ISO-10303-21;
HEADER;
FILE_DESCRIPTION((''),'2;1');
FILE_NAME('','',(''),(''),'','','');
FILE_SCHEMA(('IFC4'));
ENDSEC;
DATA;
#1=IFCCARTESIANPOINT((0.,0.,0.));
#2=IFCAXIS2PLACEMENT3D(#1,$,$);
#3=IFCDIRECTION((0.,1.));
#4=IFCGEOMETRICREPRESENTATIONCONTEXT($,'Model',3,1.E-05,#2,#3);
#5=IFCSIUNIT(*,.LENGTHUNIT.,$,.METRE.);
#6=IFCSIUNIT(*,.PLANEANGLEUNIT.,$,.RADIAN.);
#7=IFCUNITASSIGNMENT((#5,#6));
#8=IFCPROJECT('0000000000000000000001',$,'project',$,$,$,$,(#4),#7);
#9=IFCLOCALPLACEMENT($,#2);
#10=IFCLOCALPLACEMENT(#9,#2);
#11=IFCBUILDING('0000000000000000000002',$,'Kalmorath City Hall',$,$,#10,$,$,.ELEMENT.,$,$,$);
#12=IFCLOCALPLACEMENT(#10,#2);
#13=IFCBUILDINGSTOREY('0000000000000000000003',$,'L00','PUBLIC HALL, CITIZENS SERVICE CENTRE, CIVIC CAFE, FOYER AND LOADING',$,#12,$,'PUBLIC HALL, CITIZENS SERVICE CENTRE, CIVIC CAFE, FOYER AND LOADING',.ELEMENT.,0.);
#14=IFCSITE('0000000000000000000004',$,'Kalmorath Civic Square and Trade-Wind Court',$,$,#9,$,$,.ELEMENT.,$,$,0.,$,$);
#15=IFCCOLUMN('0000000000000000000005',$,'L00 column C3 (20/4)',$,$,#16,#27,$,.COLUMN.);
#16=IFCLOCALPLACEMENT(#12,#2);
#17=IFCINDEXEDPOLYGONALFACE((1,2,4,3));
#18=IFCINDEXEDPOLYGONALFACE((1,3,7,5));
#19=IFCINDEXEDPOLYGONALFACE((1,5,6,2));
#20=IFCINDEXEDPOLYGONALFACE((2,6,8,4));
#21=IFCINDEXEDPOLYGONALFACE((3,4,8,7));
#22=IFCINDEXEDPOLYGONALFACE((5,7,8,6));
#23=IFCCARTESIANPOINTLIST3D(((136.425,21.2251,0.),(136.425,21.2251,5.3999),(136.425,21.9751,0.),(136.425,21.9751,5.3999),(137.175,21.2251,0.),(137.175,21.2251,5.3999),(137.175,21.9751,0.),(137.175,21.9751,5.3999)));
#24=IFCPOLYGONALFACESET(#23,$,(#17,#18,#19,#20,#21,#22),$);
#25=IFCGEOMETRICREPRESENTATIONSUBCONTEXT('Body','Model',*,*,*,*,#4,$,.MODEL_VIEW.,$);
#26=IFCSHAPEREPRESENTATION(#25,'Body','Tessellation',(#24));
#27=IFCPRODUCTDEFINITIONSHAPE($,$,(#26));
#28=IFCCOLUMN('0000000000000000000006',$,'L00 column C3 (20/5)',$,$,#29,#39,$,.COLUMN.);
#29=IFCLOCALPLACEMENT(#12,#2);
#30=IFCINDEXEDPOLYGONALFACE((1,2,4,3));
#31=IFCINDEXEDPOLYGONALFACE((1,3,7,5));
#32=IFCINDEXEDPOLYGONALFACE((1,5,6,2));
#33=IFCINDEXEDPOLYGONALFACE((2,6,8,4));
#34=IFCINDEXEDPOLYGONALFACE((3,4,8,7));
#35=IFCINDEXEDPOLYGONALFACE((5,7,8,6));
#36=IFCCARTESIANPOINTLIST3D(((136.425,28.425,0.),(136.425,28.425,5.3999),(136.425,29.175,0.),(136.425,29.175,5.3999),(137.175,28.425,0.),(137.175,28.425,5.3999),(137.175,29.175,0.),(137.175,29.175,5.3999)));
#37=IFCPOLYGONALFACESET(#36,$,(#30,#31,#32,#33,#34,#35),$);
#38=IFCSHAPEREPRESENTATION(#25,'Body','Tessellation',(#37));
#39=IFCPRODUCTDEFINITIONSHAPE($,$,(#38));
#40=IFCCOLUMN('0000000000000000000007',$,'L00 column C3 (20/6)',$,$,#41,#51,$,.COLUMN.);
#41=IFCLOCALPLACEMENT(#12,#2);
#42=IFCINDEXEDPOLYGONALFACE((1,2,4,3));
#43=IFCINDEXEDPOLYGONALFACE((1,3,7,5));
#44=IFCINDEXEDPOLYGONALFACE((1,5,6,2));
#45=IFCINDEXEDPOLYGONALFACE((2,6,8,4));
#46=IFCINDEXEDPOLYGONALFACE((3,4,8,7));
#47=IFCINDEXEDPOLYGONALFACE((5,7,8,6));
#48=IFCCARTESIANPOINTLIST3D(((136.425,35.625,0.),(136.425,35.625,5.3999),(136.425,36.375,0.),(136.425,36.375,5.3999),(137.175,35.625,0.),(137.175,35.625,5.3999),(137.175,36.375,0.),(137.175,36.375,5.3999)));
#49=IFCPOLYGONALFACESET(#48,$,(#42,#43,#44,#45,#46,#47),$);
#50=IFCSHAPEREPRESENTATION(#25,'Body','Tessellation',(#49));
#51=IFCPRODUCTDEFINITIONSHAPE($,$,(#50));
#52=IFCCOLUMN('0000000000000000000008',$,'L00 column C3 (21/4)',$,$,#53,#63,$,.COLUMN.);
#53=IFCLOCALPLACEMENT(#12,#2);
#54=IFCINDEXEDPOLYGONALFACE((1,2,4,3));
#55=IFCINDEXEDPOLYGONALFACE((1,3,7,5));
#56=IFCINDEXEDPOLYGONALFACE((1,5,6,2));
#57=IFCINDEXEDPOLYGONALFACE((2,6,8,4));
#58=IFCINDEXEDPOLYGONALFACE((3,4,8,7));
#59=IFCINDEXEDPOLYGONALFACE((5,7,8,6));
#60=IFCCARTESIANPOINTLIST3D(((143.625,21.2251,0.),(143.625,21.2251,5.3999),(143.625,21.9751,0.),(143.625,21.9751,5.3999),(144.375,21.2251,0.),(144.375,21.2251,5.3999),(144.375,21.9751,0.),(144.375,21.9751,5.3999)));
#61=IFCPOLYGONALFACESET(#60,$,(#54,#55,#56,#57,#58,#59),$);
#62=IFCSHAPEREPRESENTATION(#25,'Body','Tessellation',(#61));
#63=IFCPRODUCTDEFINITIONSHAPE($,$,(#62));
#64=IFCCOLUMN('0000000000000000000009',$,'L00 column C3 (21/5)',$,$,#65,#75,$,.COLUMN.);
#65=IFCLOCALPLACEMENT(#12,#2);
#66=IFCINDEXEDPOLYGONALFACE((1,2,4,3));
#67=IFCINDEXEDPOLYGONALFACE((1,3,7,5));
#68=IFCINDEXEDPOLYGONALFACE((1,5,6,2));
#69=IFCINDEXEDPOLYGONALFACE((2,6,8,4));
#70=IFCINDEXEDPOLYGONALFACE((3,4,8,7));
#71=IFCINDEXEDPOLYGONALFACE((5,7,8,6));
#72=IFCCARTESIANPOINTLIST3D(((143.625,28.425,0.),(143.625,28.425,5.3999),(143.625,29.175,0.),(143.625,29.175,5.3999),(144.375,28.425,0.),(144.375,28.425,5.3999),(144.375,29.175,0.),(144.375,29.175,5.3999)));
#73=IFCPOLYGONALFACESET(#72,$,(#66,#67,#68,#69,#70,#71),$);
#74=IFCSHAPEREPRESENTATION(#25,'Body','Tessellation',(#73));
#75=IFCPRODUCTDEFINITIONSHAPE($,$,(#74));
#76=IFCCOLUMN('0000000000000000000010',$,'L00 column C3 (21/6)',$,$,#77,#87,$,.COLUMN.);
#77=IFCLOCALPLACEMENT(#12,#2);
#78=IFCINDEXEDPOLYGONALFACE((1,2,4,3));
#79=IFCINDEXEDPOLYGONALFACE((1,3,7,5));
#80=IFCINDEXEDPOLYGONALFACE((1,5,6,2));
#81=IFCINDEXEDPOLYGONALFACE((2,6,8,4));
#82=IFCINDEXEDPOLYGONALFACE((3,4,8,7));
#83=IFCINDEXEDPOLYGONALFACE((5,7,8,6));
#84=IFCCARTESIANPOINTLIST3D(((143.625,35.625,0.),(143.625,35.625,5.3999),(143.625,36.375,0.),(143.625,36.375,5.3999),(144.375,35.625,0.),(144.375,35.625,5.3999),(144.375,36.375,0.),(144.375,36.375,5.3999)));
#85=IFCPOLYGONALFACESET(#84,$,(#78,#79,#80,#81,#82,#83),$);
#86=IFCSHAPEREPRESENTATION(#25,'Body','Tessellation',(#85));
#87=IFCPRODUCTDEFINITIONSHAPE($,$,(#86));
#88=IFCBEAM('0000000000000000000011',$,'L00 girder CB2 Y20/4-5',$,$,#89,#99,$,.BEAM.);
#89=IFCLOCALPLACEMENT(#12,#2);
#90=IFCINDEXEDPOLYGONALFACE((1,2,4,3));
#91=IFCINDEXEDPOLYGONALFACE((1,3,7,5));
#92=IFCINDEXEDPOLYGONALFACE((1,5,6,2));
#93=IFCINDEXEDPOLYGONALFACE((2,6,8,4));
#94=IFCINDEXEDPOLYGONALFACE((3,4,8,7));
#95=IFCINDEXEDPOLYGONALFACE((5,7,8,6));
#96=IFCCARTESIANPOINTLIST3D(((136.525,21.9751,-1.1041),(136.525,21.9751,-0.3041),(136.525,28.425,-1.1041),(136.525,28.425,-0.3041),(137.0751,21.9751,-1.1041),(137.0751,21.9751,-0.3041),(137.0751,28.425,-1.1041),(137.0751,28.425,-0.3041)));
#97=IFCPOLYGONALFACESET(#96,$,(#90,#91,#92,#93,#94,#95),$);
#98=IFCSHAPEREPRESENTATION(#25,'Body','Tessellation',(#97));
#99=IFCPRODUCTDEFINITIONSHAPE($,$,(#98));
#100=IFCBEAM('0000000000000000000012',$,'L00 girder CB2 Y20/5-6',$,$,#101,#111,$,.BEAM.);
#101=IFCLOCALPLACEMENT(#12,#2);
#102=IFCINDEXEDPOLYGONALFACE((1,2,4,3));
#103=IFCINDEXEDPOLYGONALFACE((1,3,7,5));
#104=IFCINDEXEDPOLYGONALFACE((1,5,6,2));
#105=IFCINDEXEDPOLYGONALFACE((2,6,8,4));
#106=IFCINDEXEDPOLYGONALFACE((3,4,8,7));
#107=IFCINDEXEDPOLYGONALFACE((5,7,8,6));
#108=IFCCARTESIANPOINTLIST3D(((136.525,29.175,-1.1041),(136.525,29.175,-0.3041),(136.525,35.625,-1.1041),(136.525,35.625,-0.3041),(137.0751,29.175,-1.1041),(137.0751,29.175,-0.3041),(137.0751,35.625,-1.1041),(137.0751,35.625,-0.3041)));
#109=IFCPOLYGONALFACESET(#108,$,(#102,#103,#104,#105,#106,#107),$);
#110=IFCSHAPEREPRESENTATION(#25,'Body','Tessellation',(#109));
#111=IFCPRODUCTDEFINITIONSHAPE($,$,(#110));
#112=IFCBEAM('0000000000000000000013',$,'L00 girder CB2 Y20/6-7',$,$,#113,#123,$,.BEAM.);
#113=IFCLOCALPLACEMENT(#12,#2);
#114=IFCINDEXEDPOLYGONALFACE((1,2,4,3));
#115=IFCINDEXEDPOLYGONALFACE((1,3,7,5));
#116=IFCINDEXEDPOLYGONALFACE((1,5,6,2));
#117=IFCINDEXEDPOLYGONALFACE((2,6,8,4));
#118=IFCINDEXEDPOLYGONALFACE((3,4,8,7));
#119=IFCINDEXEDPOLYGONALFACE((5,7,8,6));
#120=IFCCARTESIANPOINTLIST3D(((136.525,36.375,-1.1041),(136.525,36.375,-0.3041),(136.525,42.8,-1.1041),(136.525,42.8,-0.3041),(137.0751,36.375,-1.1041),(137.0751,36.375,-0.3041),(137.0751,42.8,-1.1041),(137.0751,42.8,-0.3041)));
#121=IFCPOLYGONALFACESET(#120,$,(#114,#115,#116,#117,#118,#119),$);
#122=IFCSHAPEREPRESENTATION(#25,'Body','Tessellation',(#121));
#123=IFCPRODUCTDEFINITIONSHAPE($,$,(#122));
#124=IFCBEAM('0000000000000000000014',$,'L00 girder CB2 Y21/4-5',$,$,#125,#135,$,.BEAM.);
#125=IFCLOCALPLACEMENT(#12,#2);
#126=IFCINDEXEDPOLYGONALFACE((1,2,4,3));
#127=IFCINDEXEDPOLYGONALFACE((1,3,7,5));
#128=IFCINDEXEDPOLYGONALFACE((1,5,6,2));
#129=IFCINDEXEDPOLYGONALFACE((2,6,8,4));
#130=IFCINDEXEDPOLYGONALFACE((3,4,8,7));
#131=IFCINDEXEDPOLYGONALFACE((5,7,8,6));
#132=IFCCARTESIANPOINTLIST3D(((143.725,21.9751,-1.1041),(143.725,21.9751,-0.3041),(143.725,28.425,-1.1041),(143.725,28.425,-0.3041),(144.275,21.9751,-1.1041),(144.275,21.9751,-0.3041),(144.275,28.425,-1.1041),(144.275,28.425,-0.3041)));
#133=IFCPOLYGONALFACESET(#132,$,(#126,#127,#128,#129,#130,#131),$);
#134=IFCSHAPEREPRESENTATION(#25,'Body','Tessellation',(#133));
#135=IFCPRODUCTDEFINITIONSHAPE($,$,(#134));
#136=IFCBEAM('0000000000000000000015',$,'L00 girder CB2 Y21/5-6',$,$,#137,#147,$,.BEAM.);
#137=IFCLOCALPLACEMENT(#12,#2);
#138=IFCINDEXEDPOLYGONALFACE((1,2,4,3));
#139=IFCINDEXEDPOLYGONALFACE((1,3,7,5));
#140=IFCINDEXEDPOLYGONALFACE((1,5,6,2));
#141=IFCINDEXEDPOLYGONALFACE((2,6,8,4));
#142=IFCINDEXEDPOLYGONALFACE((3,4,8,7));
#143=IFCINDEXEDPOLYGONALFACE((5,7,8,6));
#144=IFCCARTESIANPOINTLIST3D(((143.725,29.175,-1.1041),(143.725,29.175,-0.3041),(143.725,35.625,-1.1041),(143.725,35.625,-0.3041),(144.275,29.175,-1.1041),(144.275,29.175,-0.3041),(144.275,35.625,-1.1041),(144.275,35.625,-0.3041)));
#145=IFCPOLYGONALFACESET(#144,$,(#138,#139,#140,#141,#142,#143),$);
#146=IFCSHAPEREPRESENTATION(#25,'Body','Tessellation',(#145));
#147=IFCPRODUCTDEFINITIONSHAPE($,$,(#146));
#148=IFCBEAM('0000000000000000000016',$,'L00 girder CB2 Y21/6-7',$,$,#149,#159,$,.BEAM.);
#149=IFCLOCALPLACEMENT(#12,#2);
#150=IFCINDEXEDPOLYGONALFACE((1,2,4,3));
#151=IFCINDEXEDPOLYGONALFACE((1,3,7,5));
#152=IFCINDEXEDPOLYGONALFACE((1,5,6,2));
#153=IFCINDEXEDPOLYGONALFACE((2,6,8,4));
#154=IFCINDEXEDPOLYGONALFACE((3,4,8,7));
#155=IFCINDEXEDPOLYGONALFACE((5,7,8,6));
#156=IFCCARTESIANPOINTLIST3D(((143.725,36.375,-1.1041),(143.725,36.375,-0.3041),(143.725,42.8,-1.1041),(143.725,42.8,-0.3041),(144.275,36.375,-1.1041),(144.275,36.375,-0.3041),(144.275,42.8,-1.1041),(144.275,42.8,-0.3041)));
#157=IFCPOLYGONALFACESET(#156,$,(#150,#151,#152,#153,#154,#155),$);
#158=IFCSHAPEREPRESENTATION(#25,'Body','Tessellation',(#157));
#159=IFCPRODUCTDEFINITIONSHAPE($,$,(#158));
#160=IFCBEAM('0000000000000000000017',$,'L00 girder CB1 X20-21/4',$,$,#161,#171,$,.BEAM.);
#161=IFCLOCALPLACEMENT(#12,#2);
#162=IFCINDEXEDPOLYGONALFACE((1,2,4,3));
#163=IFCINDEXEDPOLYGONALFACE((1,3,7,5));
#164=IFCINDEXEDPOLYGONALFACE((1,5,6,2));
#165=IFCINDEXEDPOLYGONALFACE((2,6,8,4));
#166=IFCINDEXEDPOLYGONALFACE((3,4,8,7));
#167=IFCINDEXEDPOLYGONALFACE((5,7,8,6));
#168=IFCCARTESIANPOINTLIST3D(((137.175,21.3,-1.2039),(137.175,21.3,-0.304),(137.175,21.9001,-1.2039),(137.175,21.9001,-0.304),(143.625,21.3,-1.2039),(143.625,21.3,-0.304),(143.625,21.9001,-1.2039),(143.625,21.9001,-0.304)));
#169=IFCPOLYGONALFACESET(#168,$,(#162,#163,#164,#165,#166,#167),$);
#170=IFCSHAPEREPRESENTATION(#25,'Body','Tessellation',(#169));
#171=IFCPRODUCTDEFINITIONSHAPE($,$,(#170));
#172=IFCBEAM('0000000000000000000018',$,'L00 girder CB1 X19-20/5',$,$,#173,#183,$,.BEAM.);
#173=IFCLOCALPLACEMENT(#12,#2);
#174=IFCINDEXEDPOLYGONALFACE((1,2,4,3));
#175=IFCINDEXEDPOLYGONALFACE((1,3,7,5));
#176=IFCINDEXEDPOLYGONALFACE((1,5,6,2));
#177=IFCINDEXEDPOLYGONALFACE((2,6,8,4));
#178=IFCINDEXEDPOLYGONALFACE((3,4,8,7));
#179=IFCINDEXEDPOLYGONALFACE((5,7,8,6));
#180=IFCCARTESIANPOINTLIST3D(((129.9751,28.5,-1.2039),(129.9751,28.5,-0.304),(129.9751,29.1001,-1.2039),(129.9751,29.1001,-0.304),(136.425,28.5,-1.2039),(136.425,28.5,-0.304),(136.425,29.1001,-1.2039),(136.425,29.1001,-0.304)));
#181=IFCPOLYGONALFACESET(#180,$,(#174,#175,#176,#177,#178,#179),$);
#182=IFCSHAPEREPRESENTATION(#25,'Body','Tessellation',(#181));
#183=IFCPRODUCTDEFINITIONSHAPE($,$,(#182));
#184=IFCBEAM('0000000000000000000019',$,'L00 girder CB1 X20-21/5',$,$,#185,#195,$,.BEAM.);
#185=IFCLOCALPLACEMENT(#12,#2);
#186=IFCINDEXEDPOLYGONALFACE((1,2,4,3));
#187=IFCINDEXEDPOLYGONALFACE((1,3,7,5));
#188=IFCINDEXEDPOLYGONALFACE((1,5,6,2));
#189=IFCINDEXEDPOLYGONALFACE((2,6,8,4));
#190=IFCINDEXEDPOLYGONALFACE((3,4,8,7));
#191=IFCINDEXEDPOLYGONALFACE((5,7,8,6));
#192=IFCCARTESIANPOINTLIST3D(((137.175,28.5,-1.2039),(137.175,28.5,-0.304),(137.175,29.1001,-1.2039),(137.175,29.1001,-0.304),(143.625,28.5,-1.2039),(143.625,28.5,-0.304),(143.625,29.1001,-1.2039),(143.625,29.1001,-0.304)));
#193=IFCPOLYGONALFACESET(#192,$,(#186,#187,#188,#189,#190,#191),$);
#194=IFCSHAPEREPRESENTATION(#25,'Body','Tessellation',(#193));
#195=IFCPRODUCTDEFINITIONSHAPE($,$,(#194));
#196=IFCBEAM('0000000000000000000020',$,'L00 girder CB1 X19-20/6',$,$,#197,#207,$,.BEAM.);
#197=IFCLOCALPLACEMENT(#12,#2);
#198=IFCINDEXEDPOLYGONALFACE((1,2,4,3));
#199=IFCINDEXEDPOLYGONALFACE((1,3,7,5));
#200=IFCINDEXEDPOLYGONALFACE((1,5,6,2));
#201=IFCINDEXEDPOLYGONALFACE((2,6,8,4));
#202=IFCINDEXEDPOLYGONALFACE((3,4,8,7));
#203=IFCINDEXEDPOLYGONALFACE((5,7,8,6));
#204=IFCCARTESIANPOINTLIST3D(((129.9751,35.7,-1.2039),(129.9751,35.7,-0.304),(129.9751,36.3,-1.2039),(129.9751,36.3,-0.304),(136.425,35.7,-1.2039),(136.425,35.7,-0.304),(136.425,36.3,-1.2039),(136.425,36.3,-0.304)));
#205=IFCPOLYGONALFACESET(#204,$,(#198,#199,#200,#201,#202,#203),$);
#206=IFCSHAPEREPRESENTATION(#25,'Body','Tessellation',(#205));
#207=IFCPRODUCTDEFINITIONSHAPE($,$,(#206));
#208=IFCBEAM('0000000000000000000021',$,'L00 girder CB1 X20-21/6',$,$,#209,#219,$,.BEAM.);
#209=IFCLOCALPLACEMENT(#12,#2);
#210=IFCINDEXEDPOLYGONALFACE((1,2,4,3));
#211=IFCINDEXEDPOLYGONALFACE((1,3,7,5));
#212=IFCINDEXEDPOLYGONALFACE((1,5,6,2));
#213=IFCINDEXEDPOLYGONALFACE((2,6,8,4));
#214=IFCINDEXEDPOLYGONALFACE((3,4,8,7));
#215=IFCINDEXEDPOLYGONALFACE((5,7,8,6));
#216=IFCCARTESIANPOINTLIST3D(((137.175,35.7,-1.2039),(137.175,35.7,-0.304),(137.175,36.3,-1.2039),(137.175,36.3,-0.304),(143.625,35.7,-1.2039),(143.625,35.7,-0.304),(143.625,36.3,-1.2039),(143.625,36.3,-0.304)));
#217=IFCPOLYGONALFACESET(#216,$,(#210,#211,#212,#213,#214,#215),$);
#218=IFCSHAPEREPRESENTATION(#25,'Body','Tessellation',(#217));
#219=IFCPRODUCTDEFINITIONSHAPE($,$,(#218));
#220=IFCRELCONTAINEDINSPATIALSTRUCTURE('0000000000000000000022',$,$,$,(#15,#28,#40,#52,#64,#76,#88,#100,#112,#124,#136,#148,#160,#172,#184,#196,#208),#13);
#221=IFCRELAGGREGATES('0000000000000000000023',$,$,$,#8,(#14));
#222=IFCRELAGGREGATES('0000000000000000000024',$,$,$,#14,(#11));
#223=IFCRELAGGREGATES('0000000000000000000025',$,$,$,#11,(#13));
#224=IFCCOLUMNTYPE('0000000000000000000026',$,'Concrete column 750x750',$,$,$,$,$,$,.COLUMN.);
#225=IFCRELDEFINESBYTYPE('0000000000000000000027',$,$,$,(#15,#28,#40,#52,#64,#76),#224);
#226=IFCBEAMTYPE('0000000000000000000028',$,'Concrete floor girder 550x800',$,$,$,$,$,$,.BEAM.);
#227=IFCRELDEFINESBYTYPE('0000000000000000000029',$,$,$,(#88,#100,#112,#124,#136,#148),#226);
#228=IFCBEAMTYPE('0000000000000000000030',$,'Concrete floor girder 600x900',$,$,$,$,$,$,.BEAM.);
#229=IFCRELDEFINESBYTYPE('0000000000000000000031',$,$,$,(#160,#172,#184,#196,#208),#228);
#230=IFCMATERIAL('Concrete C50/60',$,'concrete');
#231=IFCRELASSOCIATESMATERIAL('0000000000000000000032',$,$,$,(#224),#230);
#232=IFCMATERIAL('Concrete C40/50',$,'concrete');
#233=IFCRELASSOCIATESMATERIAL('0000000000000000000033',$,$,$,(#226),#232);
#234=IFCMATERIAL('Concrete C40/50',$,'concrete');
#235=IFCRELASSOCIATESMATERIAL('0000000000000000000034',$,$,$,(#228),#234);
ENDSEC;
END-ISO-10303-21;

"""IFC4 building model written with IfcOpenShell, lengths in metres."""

from ifc_helpers import new_model, si_unit, direction, frame, origin, origin_2d, place, context, subcontext, project, spatial, rectangle, extrude, material, material_profile, profile_set, type_object, element, save


model = new_model("IFC4")

# Units and contexts
model_context = context("Model", 3, precision=1e-05, world=origin(), true_north=direction((0.0, 1.0)))
body_context = subcontext(model_context, "Body", "Model", "MODEL_VIEW")
ifc_project = project(units=[si_unit("LENGTHUNIT", "METRE"), si_unit("PLANEANGLEUNIT", "RADIAN")], contexts=[model_context])

# Site, building, storey
site_placement = place(None, origin())
site = spatial("IfcSite", under=ifc_project, at=site_placement, Name="Kalmorath Civic Square and Trade-Wind Court", CompositionType="ELEMENT", RefElevation=0.0)
building_placement = place(site_placement, origin())
building = spatial("IfcBuilding", under=site, at=building_placement, Name="Kalmorath City Hall", CompositionType="ELEMENT")
storey_placement = place(building_placement, origin())
storey = spatial("IfcBuildingStorey", under=building, at=storey_placement, Name="L00", Description="PUBLIC HALL, CITIZENS SERVICE CENTRE, CIVIC CAFE, FOYER AND LOADING", LongName="PUBLIC HALL, CITIZENS SERVICE CENTRE, CIVIC CAFE, FOYER AND LOADING", CompositionType="ELEMENT", Elevation=0.0)

# Columns
ifc_material_1 = material(Name="Concrete C50/60", Category="concrete")
ifc_material_profile_1 = material_profile(ifc_material_1, rectangle(XDim=0.75, YDim=0.75, at=origin_2d()), Name="RC-COL-750X750")
ifc_profile_set_1 = profile_set([ifc_material_profile_1], Name="Concrete C50/60")
column_type = type_object("IfcColumnType", Name="Concrete column 750x750", PredefinedType="COLUMN", material=ifc_profile_set_1)
for number, where, z_axis, x_axis, name in (
    (1, (136.8, 21.6001, 0.0), (0.0, 0.0, 1.0), (1.0, 0.0, 0.0), "L00 column C3 (20/4)"),
    (2, (136.8, 28.8, 0.0), (0.0, 0.0, 1.0), (1.0, 0.0, 0.0), "L00 column C3 (20/5)"),
    (3, (136.8, 36.0, 0.0), (0.0, 0.0, 1.0), (1.0, 0.0, 0.0), "L00 column C3 (20/6)"),
    (4, (144.0, 21.6001, 0.0), (0.0, 0.0, 1.0), (1.0, 0.0, 0.0), "L00 column C3 (21/4)"),
    (5, (144.0, 28.8, 0.0), (0.0, 0.0, 1.0), (1.0, 0.0, 0.0), "L00 column C3 (21/5)"),
    (6, (144.0, 36.0, 0.0), (0.0, 0.0, 1.0), (1.0, 0.0, 0.0), "L00 column C3 (21/6)"),
):
    element("IfcColumn", number, at=place(storey_placement, frame(where, z_axis=z_axis, x_axis=x_axis)), inside=storey, type_object=column_type, Name=name, PredefinedType="COLUMN", context=body_context, shape_type="SweptSolid", body=[
        extrude(rectangle(XDim=0.75, YDim=0.75, at=origin_2d()), origin(), (0.0, 0.0, 1.0), 5.3999),
    ])

# Beams
ifc_material_2 = material(Name="Concrete C40/50", Category="concrete")
ifc_material_profile_2 = material_profile(ifc_material_2, rectangle(XDim=0.55, YDim=0.8, at=origin_2d()), Name="RC-BM-550X800")
ifc_profile_set_2 = profile_set([ifc_material_profile_2], Name="Concrete C40/50")
beam_type_1 = type_object("IfcBeamType", Name="Concrete floor girder 550x800", PredefinedType="BEAM", material=ifc_profile_set_2)
for number, where, z_axis, x_axis, name in (
    (7, (136.8, 21.9751, -0.7041), (0.0, 1.0, 0.0), (-1.0, 0.0, 0.0), "L00 girder CB2 Y20/4-5"),
    (8, (136.8, 29.175, -0.7041), (0.0, 1.0, 0.0), (-1.0, 0.0, 0.0), "L00 girder CB2 Y20/5-6"),
):
    element("IfcBeam", number, at=place(storey_placement, frame(where, z_axis=z_axis, x_axis=x_axis)), inside=storey, type_object=beam_type_1, Name=name, PredefinedType="BEAM", context=body_context, shape_type="SweptSolid", body=[
        extrude(rectangle(XDim=0.55, YDim=0.8, at=origin_2d()), origin(), (0.0, 0.0, 1.0), 6.45),
    ])
beam_1_placement = place(storey_placement, frame((136.8, 36.375, -0.7041), z_axis=(0.0, 1.0, 0.0), x_axis=(-1.0, 0.0, 0.0)))
element("IfcBeam", 9, at=beam_1_placement, inside=storey, type_object=beam_type_1, Name="L00 girder CB2 Y20/6-7", PredefinedType="BEAM", context=body_context, shape_type="SweptSolid", body=[
    extrude(rectangle(XDim=0.55, YDim=0.8, at=origin_2d()), origin(), (0.0, 0.0, 1.0), 6.425),
])
for number, where, z_axis, x_axis, name in (
    (10, (144.0, 21.9751, -0.7041), (0.0, 1.0, 0.0), (-1.0, 0.0, 0.0), "L00 girder CB2 Y21/4-5"),
    (11, (144.0, 29.175, -0.7041), (0.0, 1.0, 0.0), (-1.0, 0.0, 0.0), "L00 girder CB2 Y21/5-6"),
):
    element("IfcBeam", number, at=place(storey_placement, frame(where, z_axis=z_axis, x_axis=x_axis)), inside=storey, type_object=beam_type_1, Name=name, PredefinedType="BEAM", context=body_context, shape_type="SweptSolid", body=[
        extrude(rectangle(XDim=0.55, YDim=0.8, at=origin_2d()), origin(), (0.0, 0.0, 1.0), 6.45),
    ])
beam_2_placement = place(storey_placement, frame((144.0, 36.375, -0.7041), z_axis=(0.0, 1.0, 0.0), x_axis=(-1.0, 0.0, 0.0)))
element("IfcBeam", 12, at=beam_2_placement, inside=storey, type_object=beam_type_1, Name="L00 girder CB2 Y21/6-7", PredefinedType="BEAM", context=body_context, shape_type="SweptSolid", body=[
    extrude(rectangle(XDim=0.55, YDim=0.8, at=origin_2d()), origin(), (0.0, 0.0, 1.0), 6.425),
])
ifc_material_3 = material(Name="Concrete C40/50", Category="concrete")
ifc_material_profile_3 = material_profile(ifc_material_3, rectangle(XDim=0.6001, YDim=0.8999, at=origin_2d()), Name="RC-BM-600X900")
ifc_profile_set_3 = profile_set([ifc_material_profile_3], Name="Concrete C40/50")
beam_type_2 = type_object("IfcBeamType", Name="Concrete floor girder 600x900", PredefinedType="BEAM", material=ifc_profile_set_3)
for number, where, z_axis, x_axis, name in (
    (13, (137.175, 21.6001, -0.7539), (1.0, 0.0, 0.0), (0.0, 1.0, 0.0), "L00 girder CB1 X20-21/4"),
    (14, (129.9751, 28.8, -0.7539), (1.0, 0.0, 0.0), (0.0, 1.0, 0.0), "L00 girder CB1 X19-20/5"),
    (15, (137.175, 28.8, -0.7539), (1.0, 0.0, 0.0), (0.0, 1.0, 0.0), "L00 girder CB1 X20-21/5"),
    (16, (129.9751, 36.0, -0.7539), (1.0, 0.0, 0.0), (0.0, 1.0, 0.0), "L00 girder CB1 X19-20/6"),
    (17, (137.175, 36.0, -0.7539), (1.0, 0.0, 0.0), (0.0, 1.0, 0.0), "L00 girder CB1 X20-21/6"),
):
    element("IfcBeam", number, at=place(storey_placement, frame(where, z_axis=z_axis, x_axis=x_axis)), inside=storey, type_object=beam_type_2, Name=name, PredefinedType="BEAM", context=body_context, shape_type="SweptSolid", body=[
        extrude(rectangle(XDim=0.6001, YDim=0.8999, at=origin_2d()), origin(), (0.0, 0.0, 1.0), 6.45),
    ])

save(model, "model.ifc")
